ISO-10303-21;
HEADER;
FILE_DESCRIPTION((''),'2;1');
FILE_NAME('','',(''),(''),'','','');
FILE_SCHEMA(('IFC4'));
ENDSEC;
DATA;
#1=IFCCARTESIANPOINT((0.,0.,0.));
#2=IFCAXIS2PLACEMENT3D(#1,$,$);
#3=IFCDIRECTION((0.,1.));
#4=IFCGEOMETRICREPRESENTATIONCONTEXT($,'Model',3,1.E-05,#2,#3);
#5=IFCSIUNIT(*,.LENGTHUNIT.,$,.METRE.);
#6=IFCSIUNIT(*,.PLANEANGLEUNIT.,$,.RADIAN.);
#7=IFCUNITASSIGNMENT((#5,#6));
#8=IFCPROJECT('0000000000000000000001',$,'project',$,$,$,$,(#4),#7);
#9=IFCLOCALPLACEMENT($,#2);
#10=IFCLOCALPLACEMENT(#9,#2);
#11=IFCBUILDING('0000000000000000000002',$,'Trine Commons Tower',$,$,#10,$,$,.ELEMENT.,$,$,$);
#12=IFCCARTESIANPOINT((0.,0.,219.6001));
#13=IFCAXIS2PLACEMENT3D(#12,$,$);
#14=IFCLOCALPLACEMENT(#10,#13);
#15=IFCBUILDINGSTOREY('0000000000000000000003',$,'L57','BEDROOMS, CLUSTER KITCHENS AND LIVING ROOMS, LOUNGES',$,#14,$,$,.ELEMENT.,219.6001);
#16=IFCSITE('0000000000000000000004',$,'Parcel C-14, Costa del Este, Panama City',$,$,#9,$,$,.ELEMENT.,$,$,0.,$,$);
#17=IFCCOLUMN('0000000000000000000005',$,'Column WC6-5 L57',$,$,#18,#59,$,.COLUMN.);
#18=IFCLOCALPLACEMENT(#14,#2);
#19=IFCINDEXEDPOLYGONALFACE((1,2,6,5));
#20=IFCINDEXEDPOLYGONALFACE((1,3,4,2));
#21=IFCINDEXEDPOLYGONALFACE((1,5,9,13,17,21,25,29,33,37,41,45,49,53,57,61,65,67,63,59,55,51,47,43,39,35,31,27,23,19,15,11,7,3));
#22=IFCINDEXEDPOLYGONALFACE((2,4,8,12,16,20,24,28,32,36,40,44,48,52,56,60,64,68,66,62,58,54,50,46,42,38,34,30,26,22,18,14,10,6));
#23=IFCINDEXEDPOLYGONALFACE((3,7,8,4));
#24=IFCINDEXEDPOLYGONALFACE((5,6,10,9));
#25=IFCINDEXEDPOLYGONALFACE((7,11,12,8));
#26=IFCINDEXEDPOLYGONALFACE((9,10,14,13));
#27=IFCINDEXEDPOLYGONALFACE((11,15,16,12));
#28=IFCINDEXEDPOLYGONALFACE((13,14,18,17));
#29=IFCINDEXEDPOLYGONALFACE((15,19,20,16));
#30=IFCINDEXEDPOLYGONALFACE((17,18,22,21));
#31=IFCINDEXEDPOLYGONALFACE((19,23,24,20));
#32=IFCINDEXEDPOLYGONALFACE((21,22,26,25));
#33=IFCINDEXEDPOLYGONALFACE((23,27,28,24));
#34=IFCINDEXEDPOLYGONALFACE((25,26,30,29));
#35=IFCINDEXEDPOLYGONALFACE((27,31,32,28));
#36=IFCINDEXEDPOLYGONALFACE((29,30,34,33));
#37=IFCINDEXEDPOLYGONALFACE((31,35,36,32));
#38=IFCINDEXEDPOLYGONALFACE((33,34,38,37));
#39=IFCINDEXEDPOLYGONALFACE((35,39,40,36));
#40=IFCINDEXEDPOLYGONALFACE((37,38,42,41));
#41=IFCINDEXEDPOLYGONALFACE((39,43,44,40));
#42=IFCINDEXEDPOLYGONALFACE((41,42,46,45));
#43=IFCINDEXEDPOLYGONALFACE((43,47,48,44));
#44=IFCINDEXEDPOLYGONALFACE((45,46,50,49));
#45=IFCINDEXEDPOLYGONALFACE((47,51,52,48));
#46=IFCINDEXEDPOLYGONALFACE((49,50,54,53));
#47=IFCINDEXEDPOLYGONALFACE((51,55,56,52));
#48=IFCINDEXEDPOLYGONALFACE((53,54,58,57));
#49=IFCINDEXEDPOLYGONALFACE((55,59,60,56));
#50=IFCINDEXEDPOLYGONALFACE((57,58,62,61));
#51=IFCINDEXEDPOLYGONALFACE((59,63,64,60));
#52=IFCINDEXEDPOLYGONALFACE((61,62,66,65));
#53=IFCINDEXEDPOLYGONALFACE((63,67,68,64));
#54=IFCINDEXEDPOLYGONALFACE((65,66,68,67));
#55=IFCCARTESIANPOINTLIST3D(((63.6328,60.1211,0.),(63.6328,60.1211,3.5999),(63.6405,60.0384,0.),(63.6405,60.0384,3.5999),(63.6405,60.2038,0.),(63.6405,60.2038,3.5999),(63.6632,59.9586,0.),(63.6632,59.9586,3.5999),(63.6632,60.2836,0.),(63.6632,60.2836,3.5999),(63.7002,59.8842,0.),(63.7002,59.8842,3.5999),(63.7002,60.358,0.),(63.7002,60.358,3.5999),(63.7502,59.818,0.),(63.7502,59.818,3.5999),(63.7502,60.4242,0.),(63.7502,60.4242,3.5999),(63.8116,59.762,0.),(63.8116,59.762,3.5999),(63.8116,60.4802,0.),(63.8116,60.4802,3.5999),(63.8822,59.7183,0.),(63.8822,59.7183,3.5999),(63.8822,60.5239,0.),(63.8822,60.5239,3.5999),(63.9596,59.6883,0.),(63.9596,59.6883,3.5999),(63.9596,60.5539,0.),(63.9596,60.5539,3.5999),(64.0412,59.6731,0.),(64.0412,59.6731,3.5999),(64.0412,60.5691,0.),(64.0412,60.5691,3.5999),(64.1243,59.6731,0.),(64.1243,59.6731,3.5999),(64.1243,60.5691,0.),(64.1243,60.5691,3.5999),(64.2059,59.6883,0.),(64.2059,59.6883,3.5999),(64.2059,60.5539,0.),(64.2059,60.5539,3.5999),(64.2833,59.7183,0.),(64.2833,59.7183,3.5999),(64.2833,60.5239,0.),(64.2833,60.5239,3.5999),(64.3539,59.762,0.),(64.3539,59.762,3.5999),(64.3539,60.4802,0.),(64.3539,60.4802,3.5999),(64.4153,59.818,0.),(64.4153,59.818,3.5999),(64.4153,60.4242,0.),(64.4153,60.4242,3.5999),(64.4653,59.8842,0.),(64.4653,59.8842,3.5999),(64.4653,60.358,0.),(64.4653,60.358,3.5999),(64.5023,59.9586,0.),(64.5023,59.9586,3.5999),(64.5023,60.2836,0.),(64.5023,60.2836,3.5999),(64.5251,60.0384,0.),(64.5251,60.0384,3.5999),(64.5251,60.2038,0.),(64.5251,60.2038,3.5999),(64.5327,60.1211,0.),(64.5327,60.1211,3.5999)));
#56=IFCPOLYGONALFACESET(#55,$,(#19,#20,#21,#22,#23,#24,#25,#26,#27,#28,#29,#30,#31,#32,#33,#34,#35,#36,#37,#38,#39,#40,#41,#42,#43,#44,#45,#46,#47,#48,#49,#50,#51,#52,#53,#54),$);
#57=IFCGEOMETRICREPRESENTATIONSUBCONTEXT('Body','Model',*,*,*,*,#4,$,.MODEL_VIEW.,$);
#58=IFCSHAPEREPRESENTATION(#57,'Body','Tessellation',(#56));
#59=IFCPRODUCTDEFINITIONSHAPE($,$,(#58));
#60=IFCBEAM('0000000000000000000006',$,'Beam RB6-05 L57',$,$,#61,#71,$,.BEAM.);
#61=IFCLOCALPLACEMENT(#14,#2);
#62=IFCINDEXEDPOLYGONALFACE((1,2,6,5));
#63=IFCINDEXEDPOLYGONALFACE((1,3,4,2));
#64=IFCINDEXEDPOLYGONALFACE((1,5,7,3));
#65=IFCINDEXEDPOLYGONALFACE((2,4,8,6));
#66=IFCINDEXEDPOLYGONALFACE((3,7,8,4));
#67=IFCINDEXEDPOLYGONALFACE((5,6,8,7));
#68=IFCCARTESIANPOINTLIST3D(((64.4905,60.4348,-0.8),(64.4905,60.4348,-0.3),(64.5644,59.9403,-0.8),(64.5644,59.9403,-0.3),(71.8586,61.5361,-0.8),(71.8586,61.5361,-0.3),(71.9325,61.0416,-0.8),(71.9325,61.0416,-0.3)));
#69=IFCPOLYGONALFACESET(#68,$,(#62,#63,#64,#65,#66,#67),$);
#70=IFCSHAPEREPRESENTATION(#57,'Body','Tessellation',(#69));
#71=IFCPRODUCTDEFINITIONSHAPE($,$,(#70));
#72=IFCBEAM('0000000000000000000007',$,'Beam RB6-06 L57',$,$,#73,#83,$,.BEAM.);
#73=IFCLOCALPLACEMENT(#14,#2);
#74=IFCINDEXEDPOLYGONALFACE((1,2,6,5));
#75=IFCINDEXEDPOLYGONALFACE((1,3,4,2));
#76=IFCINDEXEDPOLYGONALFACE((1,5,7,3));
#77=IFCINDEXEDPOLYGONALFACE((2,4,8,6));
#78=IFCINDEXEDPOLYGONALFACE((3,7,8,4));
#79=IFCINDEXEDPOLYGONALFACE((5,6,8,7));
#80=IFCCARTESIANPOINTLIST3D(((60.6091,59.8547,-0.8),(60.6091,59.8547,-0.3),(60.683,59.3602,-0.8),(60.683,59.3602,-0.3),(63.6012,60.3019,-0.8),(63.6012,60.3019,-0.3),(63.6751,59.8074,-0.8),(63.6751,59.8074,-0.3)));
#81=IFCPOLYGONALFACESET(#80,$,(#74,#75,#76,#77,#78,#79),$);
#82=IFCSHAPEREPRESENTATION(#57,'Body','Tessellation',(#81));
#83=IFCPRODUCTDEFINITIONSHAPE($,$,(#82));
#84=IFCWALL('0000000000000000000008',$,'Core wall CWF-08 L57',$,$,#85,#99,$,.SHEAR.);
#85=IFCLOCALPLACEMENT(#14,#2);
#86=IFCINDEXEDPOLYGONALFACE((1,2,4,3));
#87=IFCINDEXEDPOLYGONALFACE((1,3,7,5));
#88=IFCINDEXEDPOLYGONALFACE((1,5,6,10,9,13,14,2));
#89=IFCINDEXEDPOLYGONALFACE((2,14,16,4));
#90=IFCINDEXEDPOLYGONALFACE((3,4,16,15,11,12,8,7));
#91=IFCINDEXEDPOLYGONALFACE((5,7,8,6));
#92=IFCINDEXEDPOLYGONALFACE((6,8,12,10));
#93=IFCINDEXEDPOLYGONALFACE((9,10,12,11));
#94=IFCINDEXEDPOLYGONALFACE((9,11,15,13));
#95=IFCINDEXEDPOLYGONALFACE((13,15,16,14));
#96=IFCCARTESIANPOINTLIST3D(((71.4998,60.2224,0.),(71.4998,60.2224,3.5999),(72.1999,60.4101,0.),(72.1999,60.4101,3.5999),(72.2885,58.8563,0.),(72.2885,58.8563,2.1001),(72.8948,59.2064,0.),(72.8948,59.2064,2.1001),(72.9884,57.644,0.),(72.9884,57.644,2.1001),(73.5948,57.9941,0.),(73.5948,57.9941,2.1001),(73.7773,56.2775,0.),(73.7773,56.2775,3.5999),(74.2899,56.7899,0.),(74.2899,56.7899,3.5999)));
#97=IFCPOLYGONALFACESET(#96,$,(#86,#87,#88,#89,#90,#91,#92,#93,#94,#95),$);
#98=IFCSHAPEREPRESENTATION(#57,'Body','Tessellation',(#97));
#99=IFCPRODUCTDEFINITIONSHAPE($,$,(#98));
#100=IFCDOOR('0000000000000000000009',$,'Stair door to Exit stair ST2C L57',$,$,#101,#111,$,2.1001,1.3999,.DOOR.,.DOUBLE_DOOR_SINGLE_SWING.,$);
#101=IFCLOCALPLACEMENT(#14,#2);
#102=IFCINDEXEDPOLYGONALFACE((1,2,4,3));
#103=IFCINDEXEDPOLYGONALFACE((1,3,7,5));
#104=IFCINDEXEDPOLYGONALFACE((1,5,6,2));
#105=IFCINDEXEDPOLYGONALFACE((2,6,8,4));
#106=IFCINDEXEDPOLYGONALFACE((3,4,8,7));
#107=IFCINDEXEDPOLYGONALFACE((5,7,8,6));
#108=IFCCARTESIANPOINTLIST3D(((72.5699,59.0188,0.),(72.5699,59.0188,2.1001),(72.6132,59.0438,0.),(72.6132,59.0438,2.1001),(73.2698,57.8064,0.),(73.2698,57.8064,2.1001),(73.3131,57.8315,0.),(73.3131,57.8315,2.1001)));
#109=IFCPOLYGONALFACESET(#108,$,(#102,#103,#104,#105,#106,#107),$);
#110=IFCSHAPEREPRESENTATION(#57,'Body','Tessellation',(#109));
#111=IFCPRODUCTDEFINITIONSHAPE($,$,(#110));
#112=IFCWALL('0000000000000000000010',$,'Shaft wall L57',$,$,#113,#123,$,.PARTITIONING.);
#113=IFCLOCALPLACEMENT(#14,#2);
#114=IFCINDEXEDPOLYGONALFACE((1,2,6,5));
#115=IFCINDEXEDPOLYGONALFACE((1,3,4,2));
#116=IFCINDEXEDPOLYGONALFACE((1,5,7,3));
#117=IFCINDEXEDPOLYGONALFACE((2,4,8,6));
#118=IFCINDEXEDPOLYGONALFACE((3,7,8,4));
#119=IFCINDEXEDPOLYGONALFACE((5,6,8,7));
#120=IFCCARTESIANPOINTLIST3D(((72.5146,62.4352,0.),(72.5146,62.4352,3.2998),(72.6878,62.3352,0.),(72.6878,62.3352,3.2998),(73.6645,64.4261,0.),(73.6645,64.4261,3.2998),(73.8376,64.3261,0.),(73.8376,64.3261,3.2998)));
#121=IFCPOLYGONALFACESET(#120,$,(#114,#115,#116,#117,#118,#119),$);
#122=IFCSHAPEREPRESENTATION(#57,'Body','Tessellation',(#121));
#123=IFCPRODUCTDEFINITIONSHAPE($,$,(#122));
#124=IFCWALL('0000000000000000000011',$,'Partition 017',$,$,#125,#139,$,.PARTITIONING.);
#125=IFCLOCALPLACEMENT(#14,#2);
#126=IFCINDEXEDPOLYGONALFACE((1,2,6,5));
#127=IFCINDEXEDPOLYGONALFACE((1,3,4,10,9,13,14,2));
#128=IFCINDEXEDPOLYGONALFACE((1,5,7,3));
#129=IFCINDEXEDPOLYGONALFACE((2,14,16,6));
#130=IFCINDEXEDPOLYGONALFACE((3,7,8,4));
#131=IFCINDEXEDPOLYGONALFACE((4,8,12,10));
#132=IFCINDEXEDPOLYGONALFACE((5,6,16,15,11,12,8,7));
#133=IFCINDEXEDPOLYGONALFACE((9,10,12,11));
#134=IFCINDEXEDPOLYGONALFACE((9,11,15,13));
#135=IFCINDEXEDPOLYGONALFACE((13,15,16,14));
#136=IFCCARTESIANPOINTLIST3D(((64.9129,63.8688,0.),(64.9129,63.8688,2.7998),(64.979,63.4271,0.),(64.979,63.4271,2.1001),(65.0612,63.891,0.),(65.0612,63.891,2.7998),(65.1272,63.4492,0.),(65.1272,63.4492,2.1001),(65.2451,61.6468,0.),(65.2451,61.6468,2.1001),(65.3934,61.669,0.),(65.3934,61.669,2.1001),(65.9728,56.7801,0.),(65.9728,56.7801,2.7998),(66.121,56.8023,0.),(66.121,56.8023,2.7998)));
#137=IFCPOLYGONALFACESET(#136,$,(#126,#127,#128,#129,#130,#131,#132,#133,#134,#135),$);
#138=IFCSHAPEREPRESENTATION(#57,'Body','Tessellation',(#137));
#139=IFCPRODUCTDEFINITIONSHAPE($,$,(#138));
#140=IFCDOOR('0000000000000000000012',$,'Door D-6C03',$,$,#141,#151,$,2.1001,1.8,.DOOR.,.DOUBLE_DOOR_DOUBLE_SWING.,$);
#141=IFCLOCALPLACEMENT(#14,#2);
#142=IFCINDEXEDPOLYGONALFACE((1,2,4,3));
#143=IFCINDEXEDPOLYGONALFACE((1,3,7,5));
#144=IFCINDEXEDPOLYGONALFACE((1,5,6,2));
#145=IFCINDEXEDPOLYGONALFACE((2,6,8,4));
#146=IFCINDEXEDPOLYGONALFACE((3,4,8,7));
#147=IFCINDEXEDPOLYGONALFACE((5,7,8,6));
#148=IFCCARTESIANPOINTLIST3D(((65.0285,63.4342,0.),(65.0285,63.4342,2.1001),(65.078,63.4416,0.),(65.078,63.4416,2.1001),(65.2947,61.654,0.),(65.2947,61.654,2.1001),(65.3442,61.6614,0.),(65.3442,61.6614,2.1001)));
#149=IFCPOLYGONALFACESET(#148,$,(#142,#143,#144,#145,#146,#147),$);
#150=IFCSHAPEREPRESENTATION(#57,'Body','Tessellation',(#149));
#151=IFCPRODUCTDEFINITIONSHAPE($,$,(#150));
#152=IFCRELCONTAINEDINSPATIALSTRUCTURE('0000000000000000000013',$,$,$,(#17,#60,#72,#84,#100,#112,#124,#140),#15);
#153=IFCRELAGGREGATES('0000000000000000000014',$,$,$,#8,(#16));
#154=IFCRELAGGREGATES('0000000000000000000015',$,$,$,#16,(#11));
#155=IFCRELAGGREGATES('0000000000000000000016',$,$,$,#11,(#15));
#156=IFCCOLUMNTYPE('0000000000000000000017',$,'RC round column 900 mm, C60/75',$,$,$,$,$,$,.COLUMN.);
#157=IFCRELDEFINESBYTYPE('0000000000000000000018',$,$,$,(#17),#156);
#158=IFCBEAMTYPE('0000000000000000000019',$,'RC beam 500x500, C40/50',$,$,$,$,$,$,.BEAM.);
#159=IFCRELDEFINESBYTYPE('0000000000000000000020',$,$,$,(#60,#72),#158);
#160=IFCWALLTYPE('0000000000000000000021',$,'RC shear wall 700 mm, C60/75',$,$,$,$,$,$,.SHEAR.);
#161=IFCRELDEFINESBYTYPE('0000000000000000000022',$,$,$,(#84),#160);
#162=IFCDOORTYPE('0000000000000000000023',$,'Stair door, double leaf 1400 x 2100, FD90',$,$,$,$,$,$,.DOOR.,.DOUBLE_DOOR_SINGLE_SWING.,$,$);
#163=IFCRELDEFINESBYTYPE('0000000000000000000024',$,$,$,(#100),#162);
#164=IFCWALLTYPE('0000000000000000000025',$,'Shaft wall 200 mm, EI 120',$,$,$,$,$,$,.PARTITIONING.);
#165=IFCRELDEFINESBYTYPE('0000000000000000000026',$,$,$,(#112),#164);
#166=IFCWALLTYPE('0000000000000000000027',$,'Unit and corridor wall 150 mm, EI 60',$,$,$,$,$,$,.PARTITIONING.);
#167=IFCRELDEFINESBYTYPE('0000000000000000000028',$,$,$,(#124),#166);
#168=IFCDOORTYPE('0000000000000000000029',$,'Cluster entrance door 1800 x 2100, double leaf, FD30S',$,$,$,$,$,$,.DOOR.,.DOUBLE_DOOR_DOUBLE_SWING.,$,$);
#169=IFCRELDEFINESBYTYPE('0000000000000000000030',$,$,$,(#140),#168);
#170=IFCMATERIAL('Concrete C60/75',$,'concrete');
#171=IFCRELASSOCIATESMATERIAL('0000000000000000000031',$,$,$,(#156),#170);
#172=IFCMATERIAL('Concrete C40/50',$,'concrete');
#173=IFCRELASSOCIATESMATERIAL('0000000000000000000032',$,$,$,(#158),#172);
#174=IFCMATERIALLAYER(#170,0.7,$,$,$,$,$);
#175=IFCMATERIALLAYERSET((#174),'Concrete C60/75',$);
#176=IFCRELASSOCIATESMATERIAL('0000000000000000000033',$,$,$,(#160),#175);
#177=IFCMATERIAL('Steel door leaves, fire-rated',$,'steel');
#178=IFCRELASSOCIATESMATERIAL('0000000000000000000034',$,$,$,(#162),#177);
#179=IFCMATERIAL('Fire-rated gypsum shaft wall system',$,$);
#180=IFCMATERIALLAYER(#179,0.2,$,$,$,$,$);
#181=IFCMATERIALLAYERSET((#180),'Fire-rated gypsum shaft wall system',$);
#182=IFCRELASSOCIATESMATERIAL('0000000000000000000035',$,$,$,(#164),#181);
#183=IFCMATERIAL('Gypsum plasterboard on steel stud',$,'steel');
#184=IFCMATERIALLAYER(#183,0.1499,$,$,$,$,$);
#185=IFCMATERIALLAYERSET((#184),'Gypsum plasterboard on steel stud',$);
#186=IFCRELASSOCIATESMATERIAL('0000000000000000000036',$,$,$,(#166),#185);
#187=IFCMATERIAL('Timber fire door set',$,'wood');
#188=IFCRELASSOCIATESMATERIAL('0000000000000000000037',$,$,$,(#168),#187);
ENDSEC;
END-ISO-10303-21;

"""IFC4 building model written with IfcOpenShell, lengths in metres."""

from ifc_helpers import new_model, si_unit, direction, frame, frame_2d, origin, origin_2d, place, context, subcontext, project, spatial, polyline, rectangle, circle, outline, extrude, material, layer, layer_set, material_profile, profile_set, type_object, element, fill, save


model = new_model("IFC4")

# Units and contexts
model_context = context("Model", 3, precision=1e-05, world=origin(), true_north=direction((0.0, 1.0)))
body_context = subcontext(model_context, "Body", "Model", "MODEL_VIEW")
ifc_project = project(units=[si_unit("LENGTHUNIT", "METRE"), si_unit("PLANEANGLEUNIT", "RADIAN")], contexts=[model_context])

# Site, building, storey
site_placement = place(None, origin())
site = spatial("IfcSite", under=ifc_project, at=site_placement, Name="Parcel C-14, Costa del Este, Panama City", CompositionType="ELEMENT", RefElevation=0.0)
building_placement = place(site_placement, origin())
building = spatial("IfcBuilding", under=site, at=building_placement, Name="Trine Commons Tower", CompositionType="ELEMENT")
storey_placement = place(building_placement, frame((0.0, 0.0, 219.6001)))
storey = spatial("IfcBuildingStorey", under=building, at=storey_placement, Name="L57", Description="BEDROOMS, CLUSTER KITCHENS AND LIVING ROOMS, LOUNGES", CompositionType="ELEMENT", Elevation=219.6001)

# Column
ifc_material_1 = material(Name="Concrete C60/75", Category="concrete")
ifc_material_profile_1 = material_profile(ifc_material_1, circle(Radius=0.45, at=origin_2d()), Name="RC round 900")
ifc_profile_set_1 = profile_set([ifc_material_profile_1], Name="Concrete C60/75")
column_type = type_object("IfcColumnType", Name="RC round column 900 mm, C60/75", PredefinedType="COLUMN", material=ifc_profile_set_1)
column_placement = place(storey_placement, frame((64.0828, 60.1211, 0.0), z_axis=(0.0, 0.0, 1.0), x_axis=(1.0, 0.0, 0.0)))
element("IfcColumn", 1, at=column_placement, inside=storey, type_object=column_type, Name="Column WC6-5 L57", PredefinedType="COLUMN", context=body_context, shape_type="SweptSolid", body=[
    extrude(circle(Radius=0.45, at=origin_2d()), origin(), (0.0, 0.0, 1.0), 3.5999),
])

# Beams
ifc_material_2 = material(Name="Concrete C40/50", Category="concrete")
ifc_material_profile_2 = material_profile(ifc_material_2, rectangle(XDim=0.5, YDim=0.5, at=origin_2d()), Name="RC 500x500")
ifc_profile_set_2 = profile_set([ifc_material_profile_2], Name="Concrete C40/50")
beam_type = type_object("IfcBeamType", Name="RC beam 500x500, C40/50", PredefinedType="BEAM", material=ifc_profile_set_2)
beam_1_placement = place(storey_placement, frame((71.8955, 61.2888, -0.55), z_axis=(-0.989013, -0.147828, 0.0), x_axis=(0.147828, -0.989013, 0.0)))
element("IfcBeam", 2, at=beam_1_placement, inside=storey, type_object=beam_type, Name="Beam RB6-05 L57", PredefinedType="BEAM", context=body_context, shape_type="SweptSolid", body=[
    extrude(rectangle(XDim=0.5, YDim=0.5, at=origin_2d()), origin(), (0.0, 0.0, 1.0), 7.45),
])
beam_2_placement = place(storey_placement, frame((63.6382, 60.0547, -0.55), z_axis=(-0.989012, -0.147835, 0.0), x_axis=(0.147835, -0.989012, 0.0)))
element("IfcBeam", 3, at=beam_2_placement, inside=storey, type_object=beam_type, Name="Beam RB6-06 L57", PredefinedType="BEAM", context=body_context, shape_type="SweptSolid", body=[
    extrude(rectangle(XDim=0.5, YDim=0.5, at=origin_2d()), origin(), (0.0, 0.0, 1.0), 3.0254),
])

# Wall, opening, door
ifc_layer_1 = layer(ifc_material_1, 0.7)
ifc_layer_set_1 = layer_set([ifc_layer_1], Name="Concrete C60/75")
wall_type_1 = type_object("IfcWallType", Name="RC shear wall 700 mm, C60/75", PredefinedType="SHEAR", material=ifc_layer_set_1)
wall_1_placement = place(storey_placement, frame((71.803, 60.3975, 0.0), z_axis=(0.0, 0.0, 1.0), x_axis=(0.499984, -0.866035, 0.0)))
wall_1 = element("IfcWall", 4, at=wall_1_placement, inside=storey, type_object=wall_type_1, Name="Core wall CWF-08 L57", PredefinedType="SHEAR", context=body_context, shape_type="SweptSolid", body=[
    extrude(outline(polyline([(0.0, -0.3501), (4.5552, -0.3501), (4.3677, 0.3501), (0.1875, 0.3501), (0.0, -0.3501)])), origin(), (0.0, 0.0, 1.0), 3.5999),
])
opening_1_placement = place(wall_1_placement, frame((1.5774, 0.0, 0.0)))
opening_1 = element("IfcOpeningElement", 5, at=opening_1_placement, cuts=wall_1, PredefinedType="OPENING", context=body_context, shape_type="SweptSolid", body=[
    extrude(rectangle(XDim=1.3999, YDim=2.1001, at=frame_2d((0.7, 1.05))), frame((0.0, 0.3599, 0.0), z_axis=(0.0, -1.0, 0.0), x_axis=(1.0, 0.0, 0.0)), (0.0, 0.0, 1.0), 0.72),
])
ifc_material_3 = material(Name="Steel door leaves, fire-rated", Category="steel")
door_type_1 = type_object("IfcDoorType", Name="Stair door, double leaf 1400 x 2100, FD90", OperationType="DOUBLE_DOOR_SINGLE_SWING", PredefinedType="DOOR", material=ifc_material_3)
door_1_placement = place(opening_1_placement, origin())
door_1 = element("IfcDoor", 6, at=door_1_placement, inside=storey, type_object=door_type_1, Name="Stair door to Exit stair ST2C L57", OperationType="DOUBLE_DOOR_SINGLE_SWING", OverallHeight=2.1001, OverallWidth=1.3999, PredefinedType="DOOR", context=body_context, shape_type="SweptSolid", body=[
    extrude(rectangle(XDim=1.3999, YDim=2.1001, at=frame_2d((0.7, 1.05))), frame((0.0, 0.0249, 0.0), z_axis=(0.0, -1.0, 0.0), x_axis=(1.0, 0.0, 0.0)), (0.0, 0.0, 1.0), 0.05),
])
fill(opening_1, door_1)

# Wall
ifc_material_4 = material(Name="Fire-rated gypsum shaft wall system")
ifc_layer_2 = layer(ifc_material_4, 0.2)
ifc_layer_set_2 = layer_set([ifc_layer_2], Name="Fire-rated gypsum shaft wall system")
wall_type_2 = type_object("IfcWallType", Name="Shaft wall 200 mm, EI 120", PredefinedType="PARTITIONING", material=ifc_layer_set_2)
wall_2_placement = place(storey_placement, frame((73.751, 64.376, 0.0), z_axis=(0.0, 0.0, 1.0), x_axis=(-0.500136, -0.865947, 0.0)))
element("IfcWall", 7, at=wall_2_placement, inside=storey, type_object=wall_type_2, Name="Shaft wall L57", PredefinedType="PARTITIONING", context=body_context, shape_type="SweptSolid", body=[
    extrude(rectangle(XDim=2.2991, YDim=0.2, at=frame_2d((1.1494, 0.0))), origin(), (0.0, 0.0, 1.0), 3.2998),
])

# Wall, opening, door
ifc_material_5 = material(Name="Gypsum plasterboard on steel stud", Category="steel")
ifc_layer_3 = layer(ifc_material_5, 0.1499)
ifc_layer_set_3 = layer_set([ifc_layer_3], Name="Gypsum plasterboard on steel stud")
wall_type_3 = type_object("IfcWallType", Name="Unit and corridor wall 150 mm, EI 60", PredefinedType="PARTITIONING", material=ifc_layer_set_3)
wall_3_placement = place(storey_placement, frame((64.9871, 63.8799, 0.0), z_axis=(0.0, 0.0, 1.0), x_axis=(0.147866, -0.989007, 0.0)))
wall_3 = element("IfcWall", 8, at=wall_3_placement, inside=storey, type_object=wall_type_3, Name="Partition 017", PredefinedType="PARTITIONING", context=body_context, shape_type="SweptSolid", body=[
    extrude(rectangle(XDim=7.1675, YDim=0.1499, at=frame_2d((3.5837, 0.0))), origin(), (0.0, 0.0, 1.0), 2.7998),
])
opening_2_placement = place(wall_3_placement, frame((0.4468, 0.0, 0.0)))
opening_2 = element("IfcOpeningElement", 9, at=opening_2_placement, cuts=wall_3, PredefinedType="OPENING", context=body_context, shape_type="SweptSolid", body=[
    extrude(rectangle(XDim=1.8, YDim=2.1001, at=frame_2d((0.8999, 1.05))), frame((0.0, 0.085, 0.0), z_axis=(0.0, -1.0, 0.0), x_axis=(1.0, 0.0, 0.0)), (0.0, 0.0, 1.0), 0.1699),
])
ifc_material_6 = material(Name="Timber fire door set", Category="wood")
door_type_2 = type_object("IfcDoorType", Name="Cluster entrance door 1800 x 2100, double leaf, FD30S", OperationType="DOUBLE_DOOR_DOUBLE_SWING", PredefinedType="DOOR", material=ifc_material_6)
door_2_placement = place(opening_2_placement, frame((1.8, 0.0, 0.0), z_axis=(0.0, 0.0, 1.0), x_axis=(-1.0, 0.0, 0.0)))
door_2 = element("IfcDoor", 10, at=door_2_placement, inside=storey, type_object=door_type_2, Name="Door D-6C03", OperationType="DOUBLE_DOOR_DOUBLE_SWING", OverallHeight=2.1001, OverallWidth=1.8, PredefinedType="DOOR", context=body_context, shape_type="SweptSolid", body=[
    extrude(rectangle(XDim=1.8, YDim=2.1001, at=frame_2d((0.8999, 1.05))), frame((0.0, 0.0249, 0.0), z_axis=(0.0, -1.0, 0.0), x_axis=(1.0, 0.0, 0.0)), (0.0, 0.0, 1.0), 0.05),
])
fill(opening_2, door_2)

save(model, "model.ifc")
